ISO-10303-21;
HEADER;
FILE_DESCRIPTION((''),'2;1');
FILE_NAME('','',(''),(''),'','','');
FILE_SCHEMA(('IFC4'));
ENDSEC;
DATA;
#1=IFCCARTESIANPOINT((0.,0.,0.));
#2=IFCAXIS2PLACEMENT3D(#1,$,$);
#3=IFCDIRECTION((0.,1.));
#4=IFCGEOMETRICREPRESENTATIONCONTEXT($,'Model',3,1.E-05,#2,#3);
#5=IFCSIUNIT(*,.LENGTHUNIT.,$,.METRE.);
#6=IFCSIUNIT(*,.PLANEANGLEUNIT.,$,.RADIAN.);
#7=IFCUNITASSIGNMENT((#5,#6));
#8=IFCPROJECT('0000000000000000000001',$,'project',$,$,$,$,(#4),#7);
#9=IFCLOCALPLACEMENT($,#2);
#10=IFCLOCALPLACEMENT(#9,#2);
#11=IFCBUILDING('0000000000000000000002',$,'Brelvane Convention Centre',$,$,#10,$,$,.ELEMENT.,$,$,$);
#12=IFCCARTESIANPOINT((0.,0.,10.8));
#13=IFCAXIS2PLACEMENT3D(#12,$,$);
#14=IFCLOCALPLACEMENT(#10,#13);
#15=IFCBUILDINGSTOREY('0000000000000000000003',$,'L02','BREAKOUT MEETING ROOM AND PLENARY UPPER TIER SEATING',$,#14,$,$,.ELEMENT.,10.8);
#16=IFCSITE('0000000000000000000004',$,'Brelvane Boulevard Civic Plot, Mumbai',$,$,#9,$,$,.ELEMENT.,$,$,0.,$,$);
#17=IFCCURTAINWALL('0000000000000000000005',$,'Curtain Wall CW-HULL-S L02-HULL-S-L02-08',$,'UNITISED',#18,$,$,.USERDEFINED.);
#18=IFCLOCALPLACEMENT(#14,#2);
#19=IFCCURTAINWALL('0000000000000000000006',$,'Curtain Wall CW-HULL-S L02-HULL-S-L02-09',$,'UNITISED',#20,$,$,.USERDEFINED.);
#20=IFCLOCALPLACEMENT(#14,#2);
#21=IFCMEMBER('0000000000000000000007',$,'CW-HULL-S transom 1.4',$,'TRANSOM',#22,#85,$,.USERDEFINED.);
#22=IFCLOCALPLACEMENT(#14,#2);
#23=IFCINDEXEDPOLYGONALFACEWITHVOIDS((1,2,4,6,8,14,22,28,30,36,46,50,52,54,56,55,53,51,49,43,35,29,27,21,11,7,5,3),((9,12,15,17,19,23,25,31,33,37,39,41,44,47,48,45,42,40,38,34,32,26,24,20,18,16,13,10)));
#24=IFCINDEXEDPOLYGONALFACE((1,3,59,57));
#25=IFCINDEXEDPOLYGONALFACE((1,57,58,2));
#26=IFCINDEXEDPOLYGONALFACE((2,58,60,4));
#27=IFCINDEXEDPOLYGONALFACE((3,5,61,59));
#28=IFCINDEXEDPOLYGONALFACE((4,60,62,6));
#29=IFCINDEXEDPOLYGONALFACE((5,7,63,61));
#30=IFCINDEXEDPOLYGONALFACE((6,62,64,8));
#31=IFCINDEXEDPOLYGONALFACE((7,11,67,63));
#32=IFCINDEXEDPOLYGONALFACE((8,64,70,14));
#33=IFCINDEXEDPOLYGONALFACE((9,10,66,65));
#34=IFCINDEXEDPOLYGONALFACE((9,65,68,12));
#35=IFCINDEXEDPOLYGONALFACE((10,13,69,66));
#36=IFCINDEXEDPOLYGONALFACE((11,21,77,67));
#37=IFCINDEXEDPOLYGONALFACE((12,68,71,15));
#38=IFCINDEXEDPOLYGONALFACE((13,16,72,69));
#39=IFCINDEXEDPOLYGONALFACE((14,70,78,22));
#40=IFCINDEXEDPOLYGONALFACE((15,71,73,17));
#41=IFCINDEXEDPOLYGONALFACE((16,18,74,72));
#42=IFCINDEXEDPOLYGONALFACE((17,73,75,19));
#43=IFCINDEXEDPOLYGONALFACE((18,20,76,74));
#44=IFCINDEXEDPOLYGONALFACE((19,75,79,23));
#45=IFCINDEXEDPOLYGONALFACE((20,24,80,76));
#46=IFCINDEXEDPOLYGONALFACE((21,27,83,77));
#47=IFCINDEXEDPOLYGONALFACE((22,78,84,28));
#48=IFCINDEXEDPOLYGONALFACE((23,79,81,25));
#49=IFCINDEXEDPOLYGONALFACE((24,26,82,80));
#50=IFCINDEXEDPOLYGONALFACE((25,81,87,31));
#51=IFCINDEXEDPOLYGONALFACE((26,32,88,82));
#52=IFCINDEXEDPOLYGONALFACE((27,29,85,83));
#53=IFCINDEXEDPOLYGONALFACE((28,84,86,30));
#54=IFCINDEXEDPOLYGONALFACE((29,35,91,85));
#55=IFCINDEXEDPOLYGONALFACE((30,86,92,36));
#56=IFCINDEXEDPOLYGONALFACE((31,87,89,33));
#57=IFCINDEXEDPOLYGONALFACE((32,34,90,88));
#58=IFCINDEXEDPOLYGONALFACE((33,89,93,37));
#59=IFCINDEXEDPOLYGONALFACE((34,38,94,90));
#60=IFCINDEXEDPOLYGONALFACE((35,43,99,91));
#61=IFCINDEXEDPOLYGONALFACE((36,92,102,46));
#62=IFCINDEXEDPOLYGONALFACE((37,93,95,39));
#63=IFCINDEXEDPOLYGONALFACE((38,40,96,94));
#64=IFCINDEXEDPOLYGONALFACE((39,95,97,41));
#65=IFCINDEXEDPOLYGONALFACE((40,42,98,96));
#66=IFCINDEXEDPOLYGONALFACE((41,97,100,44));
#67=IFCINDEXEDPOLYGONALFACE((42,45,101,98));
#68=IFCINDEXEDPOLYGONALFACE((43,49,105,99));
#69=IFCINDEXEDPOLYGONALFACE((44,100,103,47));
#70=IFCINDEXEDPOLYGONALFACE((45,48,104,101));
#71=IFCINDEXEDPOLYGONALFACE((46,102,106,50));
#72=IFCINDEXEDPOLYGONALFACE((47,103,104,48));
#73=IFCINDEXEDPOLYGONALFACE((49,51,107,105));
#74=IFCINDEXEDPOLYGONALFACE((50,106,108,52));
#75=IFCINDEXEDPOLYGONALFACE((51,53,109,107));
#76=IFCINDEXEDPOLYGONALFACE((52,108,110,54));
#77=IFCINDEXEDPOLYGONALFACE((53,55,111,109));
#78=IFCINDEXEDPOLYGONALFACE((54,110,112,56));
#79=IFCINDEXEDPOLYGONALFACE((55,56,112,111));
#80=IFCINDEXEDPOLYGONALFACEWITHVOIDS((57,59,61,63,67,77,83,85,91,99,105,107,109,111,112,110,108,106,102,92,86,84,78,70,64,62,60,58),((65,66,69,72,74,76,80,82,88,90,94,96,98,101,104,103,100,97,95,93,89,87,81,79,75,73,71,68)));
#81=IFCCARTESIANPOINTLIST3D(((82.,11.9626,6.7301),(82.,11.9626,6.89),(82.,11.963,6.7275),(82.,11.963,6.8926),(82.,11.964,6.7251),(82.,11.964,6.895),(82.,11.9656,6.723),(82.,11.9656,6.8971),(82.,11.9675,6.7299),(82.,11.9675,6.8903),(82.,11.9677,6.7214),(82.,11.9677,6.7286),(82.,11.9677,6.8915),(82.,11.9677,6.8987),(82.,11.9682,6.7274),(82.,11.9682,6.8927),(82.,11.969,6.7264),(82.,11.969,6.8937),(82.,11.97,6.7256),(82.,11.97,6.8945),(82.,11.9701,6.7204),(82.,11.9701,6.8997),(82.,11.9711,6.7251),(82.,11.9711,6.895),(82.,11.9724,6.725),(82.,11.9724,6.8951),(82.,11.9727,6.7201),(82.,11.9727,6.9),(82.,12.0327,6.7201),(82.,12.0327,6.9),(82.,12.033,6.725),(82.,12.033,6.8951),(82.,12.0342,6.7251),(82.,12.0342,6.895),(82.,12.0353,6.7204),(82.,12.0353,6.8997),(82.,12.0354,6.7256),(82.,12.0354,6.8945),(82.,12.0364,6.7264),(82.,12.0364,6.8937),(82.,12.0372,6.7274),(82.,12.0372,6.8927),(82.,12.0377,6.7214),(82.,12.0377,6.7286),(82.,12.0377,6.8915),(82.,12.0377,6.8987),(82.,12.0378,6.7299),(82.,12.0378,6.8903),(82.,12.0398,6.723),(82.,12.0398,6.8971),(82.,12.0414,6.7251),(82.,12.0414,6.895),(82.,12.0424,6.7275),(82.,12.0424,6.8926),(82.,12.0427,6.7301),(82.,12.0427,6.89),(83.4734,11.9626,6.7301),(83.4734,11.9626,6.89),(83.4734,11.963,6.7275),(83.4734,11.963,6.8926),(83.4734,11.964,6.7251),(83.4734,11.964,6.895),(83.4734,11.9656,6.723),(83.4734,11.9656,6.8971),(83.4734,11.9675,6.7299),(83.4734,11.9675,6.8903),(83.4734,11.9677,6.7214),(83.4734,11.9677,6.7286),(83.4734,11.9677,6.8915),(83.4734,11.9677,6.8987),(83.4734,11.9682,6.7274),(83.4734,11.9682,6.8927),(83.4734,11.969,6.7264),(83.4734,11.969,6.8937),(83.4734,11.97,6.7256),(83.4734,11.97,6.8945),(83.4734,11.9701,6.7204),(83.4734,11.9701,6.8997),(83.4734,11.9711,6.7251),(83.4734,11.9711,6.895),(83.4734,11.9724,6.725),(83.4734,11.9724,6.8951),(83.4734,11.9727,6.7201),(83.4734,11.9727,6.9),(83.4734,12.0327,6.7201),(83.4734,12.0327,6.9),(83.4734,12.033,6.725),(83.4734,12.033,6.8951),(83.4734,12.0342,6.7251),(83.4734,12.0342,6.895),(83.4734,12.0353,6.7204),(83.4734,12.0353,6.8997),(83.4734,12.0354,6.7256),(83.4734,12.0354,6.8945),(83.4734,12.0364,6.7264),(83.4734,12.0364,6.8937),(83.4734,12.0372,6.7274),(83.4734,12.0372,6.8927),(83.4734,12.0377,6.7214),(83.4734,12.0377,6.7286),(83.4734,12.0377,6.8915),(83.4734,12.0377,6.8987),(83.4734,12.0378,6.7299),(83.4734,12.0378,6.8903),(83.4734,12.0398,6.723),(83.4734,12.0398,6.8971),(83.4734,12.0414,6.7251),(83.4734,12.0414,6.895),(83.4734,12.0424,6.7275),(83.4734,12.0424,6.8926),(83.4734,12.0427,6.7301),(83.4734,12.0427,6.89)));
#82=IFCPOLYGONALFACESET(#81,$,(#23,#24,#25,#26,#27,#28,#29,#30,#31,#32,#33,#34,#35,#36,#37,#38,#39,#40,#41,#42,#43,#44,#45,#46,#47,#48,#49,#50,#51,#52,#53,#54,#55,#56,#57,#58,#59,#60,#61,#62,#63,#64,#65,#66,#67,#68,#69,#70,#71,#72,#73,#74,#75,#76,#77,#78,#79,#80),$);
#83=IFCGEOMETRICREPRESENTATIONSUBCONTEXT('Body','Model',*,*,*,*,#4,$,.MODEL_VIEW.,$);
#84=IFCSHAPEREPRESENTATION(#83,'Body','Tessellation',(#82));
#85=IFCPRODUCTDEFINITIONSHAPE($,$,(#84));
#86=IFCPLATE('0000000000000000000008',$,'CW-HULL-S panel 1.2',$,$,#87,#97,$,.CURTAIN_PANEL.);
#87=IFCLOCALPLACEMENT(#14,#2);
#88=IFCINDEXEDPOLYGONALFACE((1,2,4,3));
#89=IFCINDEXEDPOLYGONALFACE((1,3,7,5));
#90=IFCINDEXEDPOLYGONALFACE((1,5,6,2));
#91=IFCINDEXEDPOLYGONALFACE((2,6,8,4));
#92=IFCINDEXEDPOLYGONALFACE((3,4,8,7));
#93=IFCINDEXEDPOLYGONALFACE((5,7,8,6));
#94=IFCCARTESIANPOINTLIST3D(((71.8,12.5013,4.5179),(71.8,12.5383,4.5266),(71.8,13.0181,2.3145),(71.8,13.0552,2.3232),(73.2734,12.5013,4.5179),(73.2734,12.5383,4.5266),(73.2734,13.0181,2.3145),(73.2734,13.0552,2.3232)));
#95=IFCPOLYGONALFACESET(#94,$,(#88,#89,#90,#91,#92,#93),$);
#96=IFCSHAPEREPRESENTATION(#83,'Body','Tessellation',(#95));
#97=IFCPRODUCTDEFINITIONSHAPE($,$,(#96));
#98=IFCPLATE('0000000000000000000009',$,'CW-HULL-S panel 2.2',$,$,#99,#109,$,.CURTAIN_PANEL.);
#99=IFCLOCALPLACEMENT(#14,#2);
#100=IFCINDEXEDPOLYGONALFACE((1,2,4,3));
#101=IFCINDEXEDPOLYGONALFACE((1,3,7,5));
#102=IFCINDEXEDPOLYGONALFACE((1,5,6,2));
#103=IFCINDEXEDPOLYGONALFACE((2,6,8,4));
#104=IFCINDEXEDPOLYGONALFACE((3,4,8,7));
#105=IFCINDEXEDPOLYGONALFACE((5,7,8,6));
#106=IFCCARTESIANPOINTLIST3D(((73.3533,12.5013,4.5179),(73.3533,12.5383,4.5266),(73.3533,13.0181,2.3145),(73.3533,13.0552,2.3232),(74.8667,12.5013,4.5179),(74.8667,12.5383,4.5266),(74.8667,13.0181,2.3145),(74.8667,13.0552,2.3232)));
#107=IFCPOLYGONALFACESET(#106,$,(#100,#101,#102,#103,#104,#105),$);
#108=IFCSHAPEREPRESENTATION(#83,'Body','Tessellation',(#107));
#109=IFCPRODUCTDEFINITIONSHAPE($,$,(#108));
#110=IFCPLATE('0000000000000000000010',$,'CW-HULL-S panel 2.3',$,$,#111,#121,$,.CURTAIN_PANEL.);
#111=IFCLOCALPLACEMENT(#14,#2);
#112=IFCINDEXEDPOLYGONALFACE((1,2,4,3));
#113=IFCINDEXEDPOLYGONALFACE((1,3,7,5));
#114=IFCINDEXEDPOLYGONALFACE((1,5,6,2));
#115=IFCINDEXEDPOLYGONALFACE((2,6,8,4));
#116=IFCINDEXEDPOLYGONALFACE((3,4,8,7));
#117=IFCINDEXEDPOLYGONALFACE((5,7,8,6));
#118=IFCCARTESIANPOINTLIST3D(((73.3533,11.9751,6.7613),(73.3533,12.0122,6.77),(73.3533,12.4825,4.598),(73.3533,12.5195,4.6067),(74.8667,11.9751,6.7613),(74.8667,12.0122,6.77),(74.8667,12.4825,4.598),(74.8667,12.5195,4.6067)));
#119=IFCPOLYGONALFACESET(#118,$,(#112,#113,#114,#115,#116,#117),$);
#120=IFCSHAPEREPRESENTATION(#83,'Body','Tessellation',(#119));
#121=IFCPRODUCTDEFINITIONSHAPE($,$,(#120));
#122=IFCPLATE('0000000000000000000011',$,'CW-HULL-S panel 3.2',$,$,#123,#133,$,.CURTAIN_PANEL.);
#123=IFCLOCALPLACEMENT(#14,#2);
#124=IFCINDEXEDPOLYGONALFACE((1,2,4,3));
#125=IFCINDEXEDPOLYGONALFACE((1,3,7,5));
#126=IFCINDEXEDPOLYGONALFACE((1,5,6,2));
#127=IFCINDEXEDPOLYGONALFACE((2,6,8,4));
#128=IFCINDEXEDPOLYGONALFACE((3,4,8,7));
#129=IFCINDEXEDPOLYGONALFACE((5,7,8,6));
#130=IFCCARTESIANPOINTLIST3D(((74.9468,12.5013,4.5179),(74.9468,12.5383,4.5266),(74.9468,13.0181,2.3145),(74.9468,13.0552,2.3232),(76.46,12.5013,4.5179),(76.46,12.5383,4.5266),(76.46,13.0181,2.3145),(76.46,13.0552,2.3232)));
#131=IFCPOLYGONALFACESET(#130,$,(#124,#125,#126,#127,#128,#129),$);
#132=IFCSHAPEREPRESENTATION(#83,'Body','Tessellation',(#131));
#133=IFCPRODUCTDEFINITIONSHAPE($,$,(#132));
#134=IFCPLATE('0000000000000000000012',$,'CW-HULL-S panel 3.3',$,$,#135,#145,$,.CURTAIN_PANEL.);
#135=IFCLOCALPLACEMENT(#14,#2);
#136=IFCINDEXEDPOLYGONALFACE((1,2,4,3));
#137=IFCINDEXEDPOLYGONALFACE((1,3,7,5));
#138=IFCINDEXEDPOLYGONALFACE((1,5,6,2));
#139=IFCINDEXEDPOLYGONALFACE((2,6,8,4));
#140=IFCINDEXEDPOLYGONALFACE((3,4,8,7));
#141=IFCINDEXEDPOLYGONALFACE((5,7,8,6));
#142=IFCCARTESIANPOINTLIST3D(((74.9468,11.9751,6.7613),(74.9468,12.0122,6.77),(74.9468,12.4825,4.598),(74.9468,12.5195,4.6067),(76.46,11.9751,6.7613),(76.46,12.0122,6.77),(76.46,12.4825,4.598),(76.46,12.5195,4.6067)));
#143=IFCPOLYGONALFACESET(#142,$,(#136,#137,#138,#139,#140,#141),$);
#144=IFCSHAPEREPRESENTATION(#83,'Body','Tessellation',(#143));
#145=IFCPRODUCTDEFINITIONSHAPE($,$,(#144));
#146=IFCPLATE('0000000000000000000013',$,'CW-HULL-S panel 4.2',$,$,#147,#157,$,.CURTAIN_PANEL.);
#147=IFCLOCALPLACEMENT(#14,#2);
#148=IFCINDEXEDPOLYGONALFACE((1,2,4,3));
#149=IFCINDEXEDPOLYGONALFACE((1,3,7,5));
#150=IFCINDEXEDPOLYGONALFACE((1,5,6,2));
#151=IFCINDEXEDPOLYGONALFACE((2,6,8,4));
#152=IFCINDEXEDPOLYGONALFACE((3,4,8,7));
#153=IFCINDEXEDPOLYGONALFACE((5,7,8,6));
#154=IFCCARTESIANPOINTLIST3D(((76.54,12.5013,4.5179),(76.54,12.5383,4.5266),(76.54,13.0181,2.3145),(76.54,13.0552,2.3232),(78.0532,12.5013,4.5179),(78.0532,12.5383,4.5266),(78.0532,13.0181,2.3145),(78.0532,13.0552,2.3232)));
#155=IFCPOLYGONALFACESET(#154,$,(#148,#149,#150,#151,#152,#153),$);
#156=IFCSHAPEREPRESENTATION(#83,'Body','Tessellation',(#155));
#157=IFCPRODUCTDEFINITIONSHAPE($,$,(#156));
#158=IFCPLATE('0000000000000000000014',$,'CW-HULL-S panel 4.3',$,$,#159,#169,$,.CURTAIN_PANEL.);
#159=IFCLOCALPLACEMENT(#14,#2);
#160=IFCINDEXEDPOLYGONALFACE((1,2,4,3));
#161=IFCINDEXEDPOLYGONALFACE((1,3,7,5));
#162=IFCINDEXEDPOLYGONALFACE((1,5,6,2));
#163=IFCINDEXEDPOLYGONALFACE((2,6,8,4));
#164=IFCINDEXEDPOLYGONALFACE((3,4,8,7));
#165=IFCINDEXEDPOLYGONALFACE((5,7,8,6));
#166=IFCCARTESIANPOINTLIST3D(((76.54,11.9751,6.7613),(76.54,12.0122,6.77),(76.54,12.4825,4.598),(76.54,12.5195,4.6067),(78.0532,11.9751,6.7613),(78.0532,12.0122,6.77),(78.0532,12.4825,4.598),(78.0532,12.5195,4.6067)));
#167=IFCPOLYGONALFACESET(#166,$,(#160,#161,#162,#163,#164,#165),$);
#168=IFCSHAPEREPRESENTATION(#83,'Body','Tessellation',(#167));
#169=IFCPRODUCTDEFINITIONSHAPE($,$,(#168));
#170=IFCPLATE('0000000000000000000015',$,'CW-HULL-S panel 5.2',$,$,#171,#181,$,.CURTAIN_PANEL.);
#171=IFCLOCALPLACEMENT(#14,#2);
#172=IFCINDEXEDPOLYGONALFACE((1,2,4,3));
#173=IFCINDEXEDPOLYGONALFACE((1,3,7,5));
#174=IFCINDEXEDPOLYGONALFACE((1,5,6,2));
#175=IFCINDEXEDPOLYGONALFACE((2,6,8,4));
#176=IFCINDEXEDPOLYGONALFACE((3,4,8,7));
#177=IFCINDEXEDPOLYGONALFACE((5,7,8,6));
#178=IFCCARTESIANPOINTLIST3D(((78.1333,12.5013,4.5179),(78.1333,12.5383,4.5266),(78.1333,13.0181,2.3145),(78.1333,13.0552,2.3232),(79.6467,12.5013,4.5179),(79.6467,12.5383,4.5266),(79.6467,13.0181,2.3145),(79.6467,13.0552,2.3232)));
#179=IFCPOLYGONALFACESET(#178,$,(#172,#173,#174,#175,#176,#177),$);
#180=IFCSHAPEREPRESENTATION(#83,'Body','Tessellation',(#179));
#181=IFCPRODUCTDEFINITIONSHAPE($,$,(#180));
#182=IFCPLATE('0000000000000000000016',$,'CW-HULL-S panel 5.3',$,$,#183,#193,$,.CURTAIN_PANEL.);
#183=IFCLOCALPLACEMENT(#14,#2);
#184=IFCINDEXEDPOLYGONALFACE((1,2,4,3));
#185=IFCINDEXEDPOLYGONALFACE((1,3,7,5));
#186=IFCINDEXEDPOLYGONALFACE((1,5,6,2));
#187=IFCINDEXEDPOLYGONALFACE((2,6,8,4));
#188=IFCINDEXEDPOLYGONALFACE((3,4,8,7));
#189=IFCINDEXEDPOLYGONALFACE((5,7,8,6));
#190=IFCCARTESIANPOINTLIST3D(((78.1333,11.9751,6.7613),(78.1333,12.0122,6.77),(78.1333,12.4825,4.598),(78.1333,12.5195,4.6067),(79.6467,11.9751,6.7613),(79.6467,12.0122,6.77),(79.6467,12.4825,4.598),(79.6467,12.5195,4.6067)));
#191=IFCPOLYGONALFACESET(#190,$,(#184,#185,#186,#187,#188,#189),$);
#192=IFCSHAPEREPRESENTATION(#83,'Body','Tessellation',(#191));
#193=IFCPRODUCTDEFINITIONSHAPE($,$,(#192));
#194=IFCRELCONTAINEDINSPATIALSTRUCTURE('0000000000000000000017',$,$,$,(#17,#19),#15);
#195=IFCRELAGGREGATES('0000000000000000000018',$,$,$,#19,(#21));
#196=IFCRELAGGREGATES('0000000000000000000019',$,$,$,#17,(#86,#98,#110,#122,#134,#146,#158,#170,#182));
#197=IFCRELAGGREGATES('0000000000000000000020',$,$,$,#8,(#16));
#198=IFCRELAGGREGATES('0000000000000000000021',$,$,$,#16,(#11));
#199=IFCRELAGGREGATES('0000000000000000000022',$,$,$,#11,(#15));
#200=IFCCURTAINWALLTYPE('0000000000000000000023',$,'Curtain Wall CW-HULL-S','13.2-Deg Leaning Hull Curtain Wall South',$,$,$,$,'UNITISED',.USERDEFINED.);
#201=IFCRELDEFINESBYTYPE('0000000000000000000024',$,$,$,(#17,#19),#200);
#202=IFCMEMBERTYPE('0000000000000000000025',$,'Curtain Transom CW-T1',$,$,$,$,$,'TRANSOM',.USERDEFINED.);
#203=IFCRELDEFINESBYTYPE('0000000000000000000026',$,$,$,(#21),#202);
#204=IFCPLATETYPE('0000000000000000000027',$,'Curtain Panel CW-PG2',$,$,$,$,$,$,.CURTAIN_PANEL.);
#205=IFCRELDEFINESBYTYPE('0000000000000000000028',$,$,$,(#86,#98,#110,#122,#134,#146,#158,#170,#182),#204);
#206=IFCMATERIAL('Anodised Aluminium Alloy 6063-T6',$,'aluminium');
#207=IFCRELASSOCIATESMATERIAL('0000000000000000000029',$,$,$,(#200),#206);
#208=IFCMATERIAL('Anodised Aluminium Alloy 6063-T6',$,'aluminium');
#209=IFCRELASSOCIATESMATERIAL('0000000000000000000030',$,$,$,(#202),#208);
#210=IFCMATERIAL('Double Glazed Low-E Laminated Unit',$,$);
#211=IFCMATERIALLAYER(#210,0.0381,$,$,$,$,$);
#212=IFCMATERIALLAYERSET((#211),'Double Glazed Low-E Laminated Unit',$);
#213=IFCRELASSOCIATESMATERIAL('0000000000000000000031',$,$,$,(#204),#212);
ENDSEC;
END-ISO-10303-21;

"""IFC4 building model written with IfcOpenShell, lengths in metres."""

from ifc_helpers import new_model, si_unit, direction, frame, origin, origin_2d, place, context, subcontext, project, spatial, polyline, hollow_rectangle, outline, extrude, material, layer, layer_set, material_profile, profile_set, type_object, element, aggregate, save


model = new_model("IFC4")

# Units and contexts
model_context = context("Model", 3, precision=1e-05, world=origin(), true_north=direction((0.0, 1.0)))
body_context = subcontext(model_context, "Body", "Model", "MODEL_VIEW")
ifc_project = project(units=[si_unit("LENGTHUNIT", "METRE"), si_unit("PLANEANGLEUNIT", "RADIAN")], contexts=[model_context])

# Site, building, storey
site_placement = place(None, origin())
site = spatial("IfcSite", under=ifc_project, at=site_placement, Name="Brelvane Boulevard Civic Plot, Mumbai", CompositionType="ELEMENT", RefElevation=0.0)
building_placement = place(site_placement, origin())
building = spatial("IfcBuilding", under=site, at=building_placement, Name="Brelvane Convention Centre", CompositionType="ELEMENT")
storey_placement = place(building_placement, frame((0.0, 0.0, 10.8)))
storey = spatial("IfcBuildingStorey", under=building, at=storey_placement, Name="L02", Description="BREAKOUT MEETING ROOM AND PLENARY UPPER TIER SEATING", CompositionType="ELEMENT", Elevation=10.8)

# Curtain walls, member
ifc_material_1 = material(Name="Anodised Aluminium Alloy 6063-T6", Category="aluminium")
curtain_wall_type = type_object("IfcCurtainWallType", Name="Curtain Wall CW-HULL-S", Description="13.2-Deg Leaning Hull Curtain Wall South", ElementType="UNITISED", PredefinedType="USERDEFINED", material=ifc_material_1)
curtain_wall_1_placement = place(storey_placement, origin())
curtain_wall_1 = element("IfcCurtainWall", 1, at=curtain_wall_1_placement, inside=storey, type_object=curtain_wall_type, Name="Curtain Wall CW-HULL-S L02-HULL-S-L02-08", ObjectType="UNITISED", PredefinedType="USERDEFINED")
ifc_material_2 = material(Name="Anodised Aluminium Alloy 6063-T6", Category="aluminium")
ifc_material_profile = material_profile(ifc_material_2, hollow_rectangle(XDim=0.0801, YDim=0.1799, WallThickness=0.0049, InnerFilletRadius=0.0049, OuterFilletRadius=0.01, at=origin_2d()), Name="ALU-T 180x80x5.0")
ifc_profile_set = profile_set([ifc_material_profile], Name="Anodised Aluminium Alloy 6063-T6")
member_type = type_object("IfcMemberType", Name="Curtain Transom CW-T1", ElementType="TRANSOM", PredefinedType="USERDEFINED", material=ifc_profile_set)
curtain_wall_2_placement = place(storey_placement, origin())
curtain_wall_2 = element("IfcCurtainWall", 2, at=curtain_wall_2_placement, inside=storey, type_object=curtain_wall_type, Name="Curtain Wall CW-HULL-S L02-HULL-S-L02-09", ObjectType="UNITISED", PredefinedType="USERDEFINED")
member_1_placement = place(storey_placement, frame((82.0, 12.0027, 6.8101), z_axis=(1.0, 0.0, 0.0), x_axis=(0.0, 1.0, 0.0)))
member_1 = element("IfcMember", 3, at=member_1_placement, type_object=member_type, Name="CW-HULL-S transom 1.4", ObjectType="TRANSOM", PredefinedType="USERDEFINED", context=body_context, shape_type="SweptSolid", body=[
    extrude(hollow_rectangle(XDim=0.0801, YDim=0.1799, WallThickness=0.0049, InnerFilletRadius=0.0049, OuterFilletRadius=0.01, at=origin_2d()), origin(), (0.0, 0.0, 1.0), 1.4734),
])

# Plates
ifc_material_3 = material(Name="Double Glazed Low-E Laminated Unit")
ifc_layer_1 = layer(ifc_material_3, 0.0381)
ifc_layer_set_1 = layer_set([ifc_layer_1], Name="Double Glazed Low-E Laminated Unit")
plate_type_1 = type_object("IfcPlateType", Name="Curtain Panel CW-PG2", PredefinedType="CURTAIN_PANEL", material=ifc_layer_set_1)
plate_1_placement = place(storey_placement, frame((71.8, 13.0552, 2.3232), z_axis=(0.0, 0.973574, 0.228372), x_axis=(1.0, 0.0, 0.0)))
plate_1 = element("IfcPlate", 4, at=plate_1_placement, type_object=plate_type_1, Name="CW-HULL-S panel 1.2", PredefinedType="CURTAIN_PANEL", context=body_context, shape_type="SweptSolid", body=[
    extrude(outline(polyline([(0.0, 0.0), (1.4734, 0.0), (1.4734, -2.2632), (0.0, -2.2632), (0.0, 0.0)])), origin(), (0.0, 0.0, -1.0), 0.0381),
])
plate_2_placement = place(storey_placement, frame((73.3533, 13.0552, 2.3232), z_axis=(0.0, 0.973574, 0.228372), x_axis=(1.0, 0.0, 0.0)))
plate_2 = element("IfcPlate", 5, at=plate_2_placement, type_object=plate_type_1, Name="CW-HULL-S panel 2.2", PredefinedType="CURTAIN_PANEL", context=body_context, shape_type="SweptSolid", body=[
    extrude(outline(polyline([(0.0, 0.0), (1.5134, 0.0), (1.5134, -2.2632), (0.0, -2.2632), (0.0, 0.0)])), origin(), (0.0, 0.0, -1.0), 0.0381),
])
plate_3_placement = place(storey_placement, frame((73.3533, 12.5195, 4.6067), z_axis=(0.0, 0.973587, 0.228317), x_axis=(1.0, 0.0, 0.0)))
plate_3 = element("IfcPlate", 6, at=plate_3_placement, type_object=plate_type_1, Name="CW-HULL-S panel 2.3", PredefinedType="CURTAIN_PANEL", context=body_context, shape_type="SweptSolid", body=[
    extrude(outline(polyline([(0.0, 0.0), (1.5134, 0.0), (1.5134, -2.222), (0.0, -2.222), (0.0, 0.0)])), origin(), (0.0, 0.0, -1.0), 0.0381),
])
plate_4_placement = place(storey_placement, frame((74.9468, 13.0552, 2.3232), z_axis=(0.0, 0.973574, 0.228372), x_axis=(1.0, 0.0, 0.0)))
plate_4 = element("IfcPlate", 7, at=plate_4_placement, type_object=plate_type_1, Name="CW-HULL-S panel 3.2", PredefinedType="CURTAIN_PANEL", context=body_context, shape_type="SweptSolid", body=[
    extrude(outline(polyline([(0.0, 0.0), (1.5132, 0.0), (1.5132, -2.2632), (0.0, -2.2632), (0.0, 0.0)])), origin(), (0.0, 0.0, -1.0), 0.0381),
])
plate_5_placement = place(storey_placement, frame((74.9468, 12.5195, 4.6067), z_axis=(0.0, 0.973587, 0.228317), x_axis=(1.0, 0.0, 0.0)))
plate_5 = element("IfcPlate", 8, at=plate_5_placement, type_object=plate_type_1, Name="CW-HULL-S panel 3.3", PredefinedType="CURTAIN_PANEL", context=body_context, shape_type="SweptSolid", body=[
    extrude(outline(polyline([(0.0, 0.0), (1.5132, 0.0), (1.5132, -2.222), (0.0, -2.222), (0.0, 0.0)])), origin(), (0.0, 0.0, -1.0), 0.0381),
])
plate_6_placement = place(storey_placement, frame((76.54, 13.0552, 2.3232), z_axis=(0.0, 0.973574, 0.228372), x_axis=(1.0, 0.0, 0.0)))
plate_6 = element("IfcPlate", 9, at=plate_6_placement, type_object=plate_type_1, Name="CW-HULL-S panel 4.2", PredefinedType="CURTAIN_PANEL", context=body_context, shape_type="SweptSolid", body=[
    extrude(outline(polyline([(0.0, 0.0), (1.5132, 0.0), (1.5132, -2.2632), (0.0, -2.2632), (0.0, 0.0)])), origin(), (0.0, 0.0, -1.0), 0.0381),
])
plate_7_placement = place(storey_placement, frame((76.54, 12.5195, 4.6067), z_axis=(0.0, 0.973587, 0.228317), x_axis=(1.0, 0.0, 0.0)))
plate_7 = element("IfcPlate", 10, at=plate_7_placement, type_object=plate_type_1, Name="CW-HULL-S panel 4.3", PredefinedType="CURTAIN_PANEL", context=body_context, shape_type="SweptSolid", body=[
    extrude(outline(polyline([(0.0, 0.0), (1.5132, 0.0), (1.5132, -2.222), (0.0, -2.222), (0.0, 0.0)])), origin(), (0.0, 0.0, -1.0), 0.0381),
])
plate_8_placement = place(storey_placement, frame((78.1333, 13.0552, 2.3232), z_axis=(0.0, 0.973574, 0.228372), x_axis=(1.0, 0.0, 0.0)))
plate_8 = element("IfcPlate", 11, at=plate_8_placement, type_object=plate_type_1, Name="CW-HULL-S panel 5.2", PredefinedType="CURTAIN_PANEL", context=body_context, shape_type="SweptSolid", body=[
    extrude(outline(polyline([(0.0, 0.0), (1.5134, 0.0), (1.5134, -2.2632), (0.0, -2.2632), (0.0, 0.0)])), origin(), (0.0, 0.0, -1.0), 0.0381),
])
plate_9_placement = place(storey_placement, frame((78.1333, 12.5195, 4.6067), z_axis=(0.0, 0.973587, 0.228317), x_axis=(1.0, 0.0, 0.0)))
plate_9 = element("IfcPlate", 12, at=plate_9_placement, type_object=plate_type_1, Name="CW-HULL-S panel 5.3", PredefinedType="CURTAIN_PANEL", context=body_context, shape_type="SweptSolid", body=[
    extrude(outline(polyline([(0.0, 0.0), (1.5134, 0.0), (1.5134, -2.222), (0.0, -2.222), (0.0, 0.0)])), origin(), (0.0, 0.0, -1.0), 0.0381),
])
aggregate(curtain_wall_2, [member_1])
aggregate(curtain_wall_1, [plate_1, plate_2, plate_3, plate_4, plate_5, plate_6, plate_7, plate_8, plate_9])

save(model, "model.ifc")
